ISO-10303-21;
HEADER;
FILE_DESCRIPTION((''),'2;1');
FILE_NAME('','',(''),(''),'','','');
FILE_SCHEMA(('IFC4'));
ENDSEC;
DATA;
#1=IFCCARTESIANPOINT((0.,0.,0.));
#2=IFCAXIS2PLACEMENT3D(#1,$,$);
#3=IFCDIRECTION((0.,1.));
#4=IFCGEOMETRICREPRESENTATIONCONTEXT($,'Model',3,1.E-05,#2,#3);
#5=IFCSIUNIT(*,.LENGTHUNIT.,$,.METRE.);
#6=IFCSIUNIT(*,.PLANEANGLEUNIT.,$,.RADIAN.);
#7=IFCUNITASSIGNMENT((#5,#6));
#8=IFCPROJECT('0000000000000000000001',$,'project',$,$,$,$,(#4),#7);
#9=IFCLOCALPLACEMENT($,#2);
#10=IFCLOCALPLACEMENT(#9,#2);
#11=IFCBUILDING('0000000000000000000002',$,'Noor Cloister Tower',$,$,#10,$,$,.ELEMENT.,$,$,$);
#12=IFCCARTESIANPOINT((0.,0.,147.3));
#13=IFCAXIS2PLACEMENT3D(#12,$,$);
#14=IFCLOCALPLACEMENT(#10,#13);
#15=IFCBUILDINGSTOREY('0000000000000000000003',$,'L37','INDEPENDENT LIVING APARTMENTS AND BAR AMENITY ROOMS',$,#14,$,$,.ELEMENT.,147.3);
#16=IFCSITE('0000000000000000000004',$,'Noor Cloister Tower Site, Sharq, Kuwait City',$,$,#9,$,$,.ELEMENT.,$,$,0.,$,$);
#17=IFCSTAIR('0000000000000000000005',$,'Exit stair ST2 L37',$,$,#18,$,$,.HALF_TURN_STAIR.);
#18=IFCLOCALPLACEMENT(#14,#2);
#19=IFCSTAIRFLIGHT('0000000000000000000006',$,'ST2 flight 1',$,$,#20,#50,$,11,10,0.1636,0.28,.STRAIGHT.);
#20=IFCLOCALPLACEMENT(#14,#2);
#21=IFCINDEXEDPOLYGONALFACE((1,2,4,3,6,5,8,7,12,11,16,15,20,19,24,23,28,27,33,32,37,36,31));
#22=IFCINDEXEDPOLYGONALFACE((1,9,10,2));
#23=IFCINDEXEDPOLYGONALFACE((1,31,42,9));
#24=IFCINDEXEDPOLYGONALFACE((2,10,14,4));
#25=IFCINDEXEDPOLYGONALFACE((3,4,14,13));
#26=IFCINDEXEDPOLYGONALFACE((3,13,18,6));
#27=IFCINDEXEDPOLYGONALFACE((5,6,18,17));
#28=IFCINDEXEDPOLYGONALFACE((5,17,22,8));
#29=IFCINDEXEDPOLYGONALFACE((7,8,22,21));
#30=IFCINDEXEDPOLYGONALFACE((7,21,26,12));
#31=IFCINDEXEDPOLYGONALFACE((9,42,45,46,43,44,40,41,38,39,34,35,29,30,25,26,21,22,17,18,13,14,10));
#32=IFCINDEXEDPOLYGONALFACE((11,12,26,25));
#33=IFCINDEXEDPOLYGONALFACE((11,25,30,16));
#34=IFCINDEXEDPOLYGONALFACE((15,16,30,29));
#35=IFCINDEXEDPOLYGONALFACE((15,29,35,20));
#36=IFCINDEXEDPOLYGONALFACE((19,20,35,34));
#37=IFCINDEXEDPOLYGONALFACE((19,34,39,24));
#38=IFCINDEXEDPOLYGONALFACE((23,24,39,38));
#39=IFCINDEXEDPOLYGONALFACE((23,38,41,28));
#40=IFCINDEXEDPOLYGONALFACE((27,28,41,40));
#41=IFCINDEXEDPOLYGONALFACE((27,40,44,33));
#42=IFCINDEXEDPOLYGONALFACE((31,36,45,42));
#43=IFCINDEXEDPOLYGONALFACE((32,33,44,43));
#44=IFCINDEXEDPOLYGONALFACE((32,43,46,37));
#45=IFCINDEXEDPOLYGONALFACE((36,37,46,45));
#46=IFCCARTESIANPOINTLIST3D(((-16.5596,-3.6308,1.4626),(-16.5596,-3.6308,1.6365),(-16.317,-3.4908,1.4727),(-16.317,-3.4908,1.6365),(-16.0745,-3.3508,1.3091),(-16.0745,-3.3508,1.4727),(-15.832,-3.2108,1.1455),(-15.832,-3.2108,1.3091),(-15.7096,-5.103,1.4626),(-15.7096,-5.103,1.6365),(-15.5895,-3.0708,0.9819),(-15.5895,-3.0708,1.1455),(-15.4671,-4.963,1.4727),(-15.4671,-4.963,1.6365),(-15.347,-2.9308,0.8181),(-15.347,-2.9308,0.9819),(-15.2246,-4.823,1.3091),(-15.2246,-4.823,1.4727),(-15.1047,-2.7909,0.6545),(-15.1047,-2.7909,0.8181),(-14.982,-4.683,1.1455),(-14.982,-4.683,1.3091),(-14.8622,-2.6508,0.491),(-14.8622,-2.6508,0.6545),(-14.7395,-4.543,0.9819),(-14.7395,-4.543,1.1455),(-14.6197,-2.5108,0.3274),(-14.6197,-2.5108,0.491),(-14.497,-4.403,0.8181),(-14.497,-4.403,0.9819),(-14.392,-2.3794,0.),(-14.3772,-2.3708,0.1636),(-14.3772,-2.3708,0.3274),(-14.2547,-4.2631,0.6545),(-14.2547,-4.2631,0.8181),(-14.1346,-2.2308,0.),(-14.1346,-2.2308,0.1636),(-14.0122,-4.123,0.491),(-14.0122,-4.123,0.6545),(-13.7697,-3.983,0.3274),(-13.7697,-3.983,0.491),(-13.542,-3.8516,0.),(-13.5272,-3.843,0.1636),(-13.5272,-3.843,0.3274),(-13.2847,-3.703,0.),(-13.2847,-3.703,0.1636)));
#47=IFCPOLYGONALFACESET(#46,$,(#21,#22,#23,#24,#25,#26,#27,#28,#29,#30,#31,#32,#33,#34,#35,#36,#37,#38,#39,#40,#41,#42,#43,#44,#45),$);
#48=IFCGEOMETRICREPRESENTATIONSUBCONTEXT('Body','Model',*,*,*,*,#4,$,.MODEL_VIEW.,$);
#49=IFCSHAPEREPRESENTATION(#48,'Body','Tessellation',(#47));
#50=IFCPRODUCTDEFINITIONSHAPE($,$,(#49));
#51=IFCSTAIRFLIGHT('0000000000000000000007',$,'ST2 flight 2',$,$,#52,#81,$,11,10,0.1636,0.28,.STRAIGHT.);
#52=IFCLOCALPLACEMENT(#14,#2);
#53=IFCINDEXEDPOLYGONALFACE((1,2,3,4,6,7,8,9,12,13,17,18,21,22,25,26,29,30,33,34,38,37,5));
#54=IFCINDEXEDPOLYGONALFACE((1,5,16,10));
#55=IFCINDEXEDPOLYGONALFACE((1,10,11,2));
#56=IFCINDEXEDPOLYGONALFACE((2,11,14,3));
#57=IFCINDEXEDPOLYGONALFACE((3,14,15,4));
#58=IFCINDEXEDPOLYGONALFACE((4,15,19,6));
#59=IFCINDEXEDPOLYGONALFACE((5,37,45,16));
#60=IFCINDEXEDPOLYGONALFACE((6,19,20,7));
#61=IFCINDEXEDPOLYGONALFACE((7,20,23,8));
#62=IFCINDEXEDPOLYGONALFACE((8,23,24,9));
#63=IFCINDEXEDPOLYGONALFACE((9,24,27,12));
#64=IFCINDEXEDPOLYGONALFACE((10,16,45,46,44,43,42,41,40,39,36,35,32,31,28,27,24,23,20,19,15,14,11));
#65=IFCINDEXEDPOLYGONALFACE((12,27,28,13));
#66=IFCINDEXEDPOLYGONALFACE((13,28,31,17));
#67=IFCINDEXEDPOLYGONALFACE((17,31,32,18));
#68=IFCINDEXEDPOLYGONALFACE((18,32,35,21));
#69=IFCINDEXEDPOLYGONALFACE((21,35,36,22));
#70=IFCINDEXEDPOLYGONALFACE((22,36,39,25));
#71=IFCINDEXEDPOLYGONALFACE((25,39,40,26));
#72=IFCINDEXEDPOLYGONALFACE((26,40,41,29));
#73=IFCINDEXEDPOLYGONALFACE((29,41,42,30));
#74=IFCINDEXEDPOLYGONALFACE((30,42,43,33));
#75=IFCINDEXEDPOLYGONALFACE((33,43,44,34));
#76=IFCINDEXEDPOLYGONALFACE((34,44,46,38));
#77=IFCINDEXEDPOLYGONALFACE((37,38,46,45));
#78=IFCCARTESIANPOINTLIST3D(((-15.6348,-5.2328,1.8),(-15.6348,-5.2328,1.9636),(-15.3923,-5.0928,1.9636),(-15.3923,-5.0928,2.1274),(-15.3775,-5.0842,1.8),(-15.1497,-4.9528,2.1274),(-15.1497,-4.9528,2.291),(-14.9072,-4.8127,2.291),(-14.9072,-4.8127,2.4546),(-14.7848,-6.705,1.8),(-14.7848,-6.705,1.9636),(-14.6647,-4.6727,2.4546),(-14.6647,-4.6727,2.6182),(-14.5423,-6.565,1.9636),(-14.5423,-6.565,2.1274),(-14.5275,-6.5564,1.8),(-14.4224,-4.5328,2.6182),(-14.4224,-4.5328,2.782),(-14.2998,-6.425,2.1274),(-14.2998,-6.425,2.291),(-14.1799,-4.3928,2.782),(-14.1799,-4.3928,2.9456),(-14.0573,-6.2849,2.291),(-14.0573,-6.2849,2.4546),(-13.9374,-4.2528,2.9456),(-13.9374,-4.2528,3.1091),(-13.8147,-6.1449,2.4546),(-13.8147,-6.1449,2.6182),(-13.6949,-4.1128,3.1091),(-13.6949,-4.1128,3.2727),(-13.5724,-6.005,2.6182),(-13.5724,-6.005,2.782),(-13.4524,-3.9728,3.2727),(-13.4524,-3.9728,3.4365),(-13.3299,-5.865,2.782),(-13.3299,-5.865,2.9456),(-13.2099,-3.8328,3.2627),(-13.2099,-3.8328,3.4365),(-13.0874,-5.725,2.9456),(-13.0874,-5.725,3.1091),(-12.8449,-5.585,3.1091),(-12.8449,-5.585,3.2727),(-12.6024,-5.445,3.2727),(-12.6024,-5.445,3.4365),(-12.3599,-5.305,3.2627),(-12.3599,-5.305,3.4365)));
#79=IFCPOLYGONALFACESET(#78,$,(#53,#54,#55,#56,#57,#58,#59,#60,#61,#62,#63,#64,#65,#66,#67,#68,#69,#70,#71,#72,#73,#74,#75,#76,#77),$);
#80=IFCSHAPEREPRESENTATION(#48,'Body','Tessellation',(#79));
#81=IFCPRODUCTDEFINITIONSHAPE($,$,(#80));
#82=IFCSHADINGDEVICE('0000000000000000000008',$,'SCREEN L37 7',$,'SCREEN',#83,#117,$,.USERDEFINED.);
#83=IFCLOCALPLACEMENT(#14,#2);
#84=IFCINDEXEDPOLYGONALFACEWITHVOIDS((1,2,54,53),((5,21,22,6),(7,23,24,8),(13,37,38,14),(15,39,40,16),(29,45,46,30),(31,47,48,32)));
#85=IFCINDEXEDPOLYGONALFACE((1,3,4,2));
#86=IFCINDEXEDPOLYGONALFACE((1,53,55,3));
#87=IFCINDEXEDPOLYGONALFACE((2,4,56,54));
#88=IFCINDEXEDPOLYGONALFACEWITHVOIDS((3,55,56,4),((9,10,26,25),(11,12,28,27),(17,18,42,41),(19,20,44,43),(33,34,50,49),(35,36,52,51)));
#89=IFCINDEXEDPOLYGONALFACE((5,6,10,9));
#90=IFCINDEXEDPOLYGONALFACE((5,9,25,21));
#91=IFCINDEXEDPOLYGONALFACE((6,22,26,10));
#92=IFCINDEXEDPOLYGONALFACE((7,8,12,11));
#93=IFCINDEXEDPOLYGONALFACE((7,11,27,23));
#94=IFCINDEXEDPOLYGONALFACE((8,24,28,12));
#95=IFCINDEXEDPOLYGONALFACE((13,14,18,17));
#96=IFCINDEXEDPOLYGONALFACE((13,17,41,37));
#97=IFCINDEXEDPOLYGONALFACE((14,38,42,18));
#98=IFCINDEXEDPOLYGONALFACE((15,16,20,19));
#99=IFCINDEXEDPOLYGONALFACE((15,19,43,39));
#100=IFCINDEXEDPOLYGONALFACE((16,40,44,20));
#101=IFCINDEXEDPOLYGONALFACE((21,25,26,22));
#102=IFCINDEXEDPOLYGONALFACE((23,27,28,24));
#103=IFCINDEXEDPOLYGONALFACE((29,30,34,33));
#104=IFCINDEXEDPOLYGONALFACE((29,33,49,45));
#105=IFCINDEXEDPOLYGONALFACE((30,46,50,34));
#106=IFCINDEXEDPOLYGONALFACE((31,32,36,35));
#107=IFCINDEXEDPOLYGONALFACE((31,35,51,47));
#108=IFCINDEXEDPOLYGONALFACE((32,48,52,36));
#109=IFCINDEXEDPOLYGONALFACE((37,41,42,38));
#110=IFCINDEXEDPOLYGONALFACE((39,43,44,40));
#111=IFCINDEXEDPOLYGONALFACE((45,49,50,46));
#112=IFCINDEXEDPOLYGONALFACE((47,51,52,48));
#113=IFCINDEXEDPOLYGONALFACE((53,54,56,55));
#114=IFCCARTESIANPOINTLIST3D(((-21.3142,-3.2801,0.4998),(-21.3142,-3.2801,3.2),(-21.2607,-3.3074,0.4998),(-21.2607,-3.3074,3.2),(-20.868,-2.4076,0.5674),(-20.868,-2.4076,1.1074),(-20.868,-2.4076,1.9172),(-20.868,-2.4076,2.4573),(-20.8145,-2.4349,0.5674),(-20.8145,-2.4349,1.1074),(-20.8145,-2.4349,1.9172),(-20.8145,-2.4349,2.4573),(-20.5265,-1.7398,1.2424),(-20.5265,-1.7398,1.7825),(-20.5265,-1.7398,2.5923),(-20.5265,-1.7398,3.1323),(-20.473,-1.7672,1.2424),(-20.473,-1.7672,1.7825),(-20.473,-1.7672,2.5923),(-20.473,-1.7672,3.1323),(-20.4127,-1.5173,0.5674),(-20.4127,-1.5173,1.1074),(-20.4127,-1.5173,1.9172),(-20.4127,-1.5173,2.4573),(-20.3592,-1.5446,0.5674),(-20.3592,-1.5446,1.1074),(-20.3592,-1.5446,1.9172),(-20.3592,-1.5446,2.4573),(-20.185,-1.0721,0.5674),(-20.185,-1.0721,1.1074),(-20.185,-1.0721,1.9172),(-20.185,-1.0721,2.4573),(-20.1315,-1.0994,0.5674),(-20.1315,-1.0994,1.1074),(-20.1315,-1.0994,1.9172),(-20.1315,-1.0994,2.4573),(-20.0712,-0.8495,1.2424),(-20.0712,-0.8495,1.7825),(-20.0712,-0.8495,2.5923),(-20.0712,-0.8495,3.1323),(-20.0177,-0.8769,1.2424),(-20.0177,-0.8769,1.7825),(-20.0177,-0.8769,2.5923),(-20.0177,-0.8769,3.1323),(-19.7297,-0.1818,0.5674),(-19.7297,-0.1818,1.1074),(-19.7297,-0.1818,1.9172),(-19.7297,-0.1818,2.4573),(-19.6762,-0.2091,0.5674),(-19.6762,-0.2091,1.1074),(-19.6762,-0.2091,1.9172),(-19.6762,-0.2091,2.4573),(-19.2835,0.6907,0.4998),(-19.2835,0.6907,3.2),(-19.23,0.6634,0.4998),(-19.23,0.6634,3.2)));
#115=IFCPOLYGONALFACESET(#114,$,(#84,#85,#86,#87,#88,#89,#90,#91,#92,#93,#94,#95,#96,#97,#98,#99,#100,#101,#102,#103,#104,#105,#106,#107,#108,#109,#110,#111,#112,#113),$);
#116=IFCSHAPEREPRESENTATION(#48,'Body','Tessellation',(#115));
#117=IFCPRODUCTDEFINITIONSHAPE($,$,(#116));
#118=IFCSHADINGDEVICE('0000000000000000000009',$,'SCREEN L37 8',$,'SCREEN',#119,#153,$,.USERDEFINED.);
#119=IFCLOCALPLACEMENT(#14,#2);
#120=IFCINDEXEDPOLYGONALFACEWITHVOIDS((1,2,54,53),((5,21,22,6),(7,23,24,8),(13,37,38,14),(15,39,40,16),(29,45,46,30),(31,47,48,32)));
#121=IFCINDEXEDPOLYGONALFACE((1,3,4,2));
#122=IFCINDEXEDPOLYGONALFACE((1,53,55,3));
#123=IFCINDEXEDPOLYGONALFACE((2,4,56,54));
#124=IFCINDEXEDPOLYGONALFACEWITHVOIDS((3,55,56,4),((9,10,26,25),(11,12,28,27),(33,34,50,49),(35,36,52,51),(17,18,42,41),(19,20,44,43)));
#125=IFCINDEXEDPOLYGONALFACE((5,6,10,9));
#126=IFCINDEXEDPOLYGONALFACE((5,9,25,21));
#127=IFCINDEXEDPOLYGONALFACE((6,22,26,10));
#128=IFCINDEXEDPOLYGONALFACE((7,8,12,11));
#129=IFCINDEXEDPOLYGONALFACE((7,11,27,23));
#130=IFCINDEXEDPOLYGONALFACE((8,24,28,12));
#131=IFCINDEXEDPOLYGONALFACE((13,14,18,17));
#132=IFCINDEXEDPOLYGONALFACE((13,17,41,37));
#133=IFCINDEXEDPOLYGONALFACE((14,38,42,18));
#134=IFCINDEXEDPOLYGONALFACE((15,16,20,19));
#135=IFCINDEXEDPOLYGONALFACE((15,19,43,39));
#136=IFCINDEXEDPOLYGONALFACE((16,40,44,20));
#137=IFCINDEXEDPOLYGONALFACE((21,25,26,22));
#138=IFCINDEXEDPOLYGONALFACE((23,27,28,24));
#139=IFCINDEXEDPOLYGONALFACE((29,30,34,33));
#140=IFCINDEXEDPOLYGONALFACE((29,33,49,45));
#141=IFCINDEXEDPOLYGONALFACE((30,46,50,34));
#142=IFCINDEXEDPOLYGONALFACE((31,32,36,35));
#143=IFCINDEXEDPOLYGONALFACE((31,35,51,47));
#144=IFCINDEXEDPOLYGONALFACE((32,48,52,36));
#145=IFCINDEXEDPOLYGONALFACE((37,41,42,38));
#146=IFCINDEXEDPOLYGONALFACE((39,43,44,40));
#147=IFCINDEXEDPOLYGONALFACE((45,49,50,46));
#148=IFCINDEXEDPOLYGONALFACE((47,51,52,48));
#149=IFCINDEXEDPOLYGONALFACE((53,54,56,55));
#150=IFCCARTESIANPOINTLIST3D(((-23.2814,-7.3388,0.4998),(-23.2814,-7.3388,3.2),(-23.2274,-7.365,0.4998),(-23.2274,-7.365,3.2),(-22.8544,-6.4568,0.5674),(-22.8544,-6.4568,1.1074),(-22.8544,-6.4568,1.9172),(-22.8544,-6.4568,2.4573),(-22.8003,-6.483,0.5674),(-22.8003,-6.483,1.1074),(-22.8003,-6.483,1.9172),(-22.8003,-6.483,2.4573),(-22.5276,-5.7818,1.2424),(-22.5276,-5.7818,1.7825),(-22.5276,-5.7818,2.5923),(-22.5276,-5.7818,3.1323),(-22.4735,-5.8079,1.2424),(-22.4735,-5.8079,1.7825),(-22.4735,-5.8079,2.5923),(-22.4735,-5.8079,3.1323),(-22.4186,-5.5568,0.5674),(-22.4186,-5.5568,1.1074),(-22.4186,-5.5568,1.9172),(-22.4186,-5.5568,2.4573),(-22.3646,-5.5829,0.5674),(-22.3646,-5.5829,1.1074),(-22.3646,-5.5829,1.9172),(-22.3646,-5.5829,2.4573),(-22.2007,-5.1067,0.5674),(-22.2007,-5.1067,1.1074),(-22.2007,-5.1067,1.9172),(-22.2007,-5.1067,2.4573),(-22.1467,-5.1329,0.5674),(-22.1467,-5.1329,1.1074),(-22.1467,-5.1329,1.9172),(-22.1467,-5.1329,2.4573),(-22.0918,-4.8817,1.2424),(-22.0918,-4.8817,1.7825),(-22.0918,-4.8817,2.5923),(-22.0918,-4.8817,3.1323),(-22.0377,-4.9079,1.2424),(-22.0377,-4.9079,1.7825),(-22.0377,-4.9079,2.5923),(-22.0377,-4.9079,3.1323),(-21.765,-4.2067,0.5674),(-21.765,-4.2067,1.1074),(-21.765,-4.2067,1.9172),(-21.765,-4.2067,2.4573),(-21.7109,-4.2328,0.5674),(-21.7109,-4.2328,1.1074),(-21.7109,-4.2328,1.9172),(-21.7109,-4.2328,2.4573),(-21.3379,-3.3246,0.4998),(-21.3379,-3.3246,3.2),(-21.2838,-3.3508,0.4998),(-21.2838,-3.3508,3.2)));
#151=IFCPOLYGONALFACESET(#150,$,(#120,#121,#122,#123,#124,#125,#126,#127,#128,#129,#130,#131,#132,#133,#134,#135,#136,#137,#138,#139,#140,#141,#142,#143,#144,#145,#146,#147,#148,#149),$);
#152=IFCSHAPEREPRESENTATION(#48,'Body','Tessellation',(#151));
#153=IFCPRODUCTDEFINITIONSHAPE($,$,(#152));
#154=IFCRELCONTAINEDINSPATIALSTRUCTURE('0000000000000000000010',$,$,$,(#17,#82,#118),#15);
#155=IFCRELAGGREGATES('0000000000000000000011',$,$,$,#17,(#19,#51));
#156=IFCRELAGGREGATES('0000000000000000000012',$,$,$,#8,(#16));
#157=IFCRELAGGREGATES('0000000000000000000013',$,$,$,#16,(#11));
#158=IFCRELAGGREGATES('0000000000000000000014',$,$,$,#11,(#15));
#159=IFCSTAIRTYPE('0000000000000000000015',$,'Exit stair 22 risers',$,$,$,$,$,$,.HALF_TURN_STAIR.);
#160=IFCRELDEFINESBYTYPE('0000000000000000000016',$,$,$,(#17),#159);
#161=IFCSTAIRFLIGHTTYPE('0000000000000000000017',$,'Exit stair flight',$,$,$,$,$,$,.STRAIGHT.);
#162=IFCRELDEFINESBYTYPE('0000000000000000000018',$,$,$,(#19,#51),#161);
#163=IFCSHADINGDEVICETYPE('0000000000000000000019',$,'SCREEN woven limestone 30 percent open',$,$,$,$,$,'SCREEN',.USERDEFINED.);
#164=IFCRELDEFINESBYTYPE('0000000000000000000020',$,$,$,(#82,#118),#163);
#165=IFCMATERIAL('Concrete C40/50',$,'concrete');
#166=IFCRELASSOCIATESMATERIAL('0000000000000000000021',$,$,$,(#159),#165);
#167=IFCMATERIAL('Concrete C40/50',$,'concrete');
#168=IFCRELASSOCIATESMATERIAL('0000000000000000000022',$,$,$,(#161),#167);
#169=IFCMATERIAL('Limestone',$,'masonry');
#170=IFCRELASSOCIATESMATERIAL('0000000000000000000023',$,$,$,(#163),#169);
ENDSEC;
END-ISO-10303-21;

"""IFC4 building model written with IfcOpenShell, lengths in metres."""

from ifc_helpers import new_model, si_unit, direction, frame, origin, place, context, subcontext, project, spatial, polyline, outline, extrude, material, material_profile, profile_set, type_object, element, aggregate, save


model = new_model("IFC4")

# Units and contexts
model_context = context("Model", 3, precision=1e-05, world=origin(), true_north=direction((0.0, 1.0)))
body_context = subcontext(model_context, "Body", "Model", "MODEL_VIEW")
ifc_project = project(units=[si_unit("LENGTHUNIT", "METRE"), si_unit("PLANEANGLEUNIT", "RADIAN")], contexts=[model_context])

# Site, building, storey
site_placement = place(None, origin())
site = spatial("IfcSite", under=ifc_project, at=site_placement, Name="Noor Cloister Tower Site, Sharq, Kuwait City", CompositionType="ELEMENT", RefElevation=0.0)
building_placement = place(site_placement, origin())
building = spatial("IfcBuilding", under=site, at=building_placement, Name="Noor Cloister Tower", CompositionType="ELEMENT")
storey_placement = place(building_placement, frame((0.0, 0.0, 147.3)))
storey = spatial("IfcBuildingStorey", under=building, at=storey_placement, Name="L37", Description="INDEPENDENT LIVING APARTMENTS AND BAR AMENITY ROOMS", CompositionType="ELEMENT", Elevation=147.3)

# Stair, stair flights
ifc_material_1 = material(Name="Concrete C40/50", Category="concrete")
stair_type = type_object("IfcStairType", Name="Exit stair 22 risers", PredefinedType="HALF_TURN_STAIR", material=ifc_material_1)
stair_placement = place(storey_placement, origin())
stair = element("IfcStair", 1, at=stair_placement, inside=storey, type_object=stair_type, Name="Exit stair ST2 L37", PredefinedType="HALF_TURN_STAIR")
ifc_material_2 = material(Name="Concrete C40/50", Category="concrete")
stair_flight_type = type_object("IfcStairFlightType", Name="Exit stair flight", PredefinedType="STRAIGHT", material=ifc_material_2)
stair_flight_1_placement = place(storey_placement, frame((-13.7097, -2.9668, 0.0), z_axis=(0.0, 0.0, 1.0), x_axis=(-0.866025, -0.5, 0.0)))
stair_flight_1 = element("IfcStairFlight", 2, at=stair_flight_1_placement, type_object=stair_flight_type, Name="ST2 flight 1", NumberOfRisers=11, NumberOfTreads=10, PredefinedType="STRAIGHT", RiserHeight=0.1636, TreadLength=0.28, context=body_context, shape_type="SweptSolid", body=[
    extrude(outline(polyline([(0.0, 0.0), (0.0, 0.1636), (0.28, 0.1636), (0.28, 0.3274), (0.5601, 0.3274), (0.5601, 0.491), (0.8401, 0.491), (0.8401, 0.6545), (1.1201, 0.6545), (1.1201, 0.8181), (1.3999, 0.8181), (1.3999, 0.9819), (1.6799, 0.9819), (1.6799, 1.1455), (1.96, 1.1455), (1.96, 1.3091), (2.24, 1.3091), (2.24, 1.4727), (2.52, 1.4727), (2.52, 1.6365), (2.8, 1.6365), (2.8, 1.8), (2.8, 1.4626), (0.2971, 0.0), (0.0, 0.0)])), frame((0.0, 0.8501, 0.0), z_axis=(0.0, -1.0, 0.0), x_axis=(1.0, 0.0, 0.0)), (0.0, 0.0, 1.0), 1.7),
])
stair_flight_2_placement = place(storey_placement, frame((-15.2097, -5.969, 1.8), z_axis=(0.0, 0.0, 1.0), x_axis=(0.866025, 0.5, 0.0)))
stair_flight_2 = element("IfcStairFlight", 3, at=stair_flight_2_placement, type_object=stair_flight_type, Name="ST2 flight 2", NumberOfRisers=11, NumberOfTreads=10, PredefinedType="STRAIGHT", RiserHeight=0.1636, TreadLength=0.28, context=body_context, shape_type="SweptSolid", body=[
    extrude(outline(polyline([(0.0, 0.0), (0.0, 0.1636), (0.28, 0.1636), (0.28, 0.3274), (0.5601, 0.3274), (0.5601, 0.491), (0.8401, 0.491), (0.8401, 0.6545), (1.1201, 0.6545), (1.1201, 0.8181), (1.3999, 0.8181), (1.3999, 0.9819), (1.6799, 0.9819), (1.6799, 1.1455), (1.96, 1.1455), (1.96, 1.3091), (2.24, 1.3091), (2.24, 1.4727), (2.52, 1.4727), (2.52, 1.6365), (2.8, 1.6365), (2.8, 1.8), (2.8, 1.4626), (0.2971, 0.0), (0.0, 0.0)])), frame((0.0, 0.8501, 0.0), z_axis=(0.0, -1.0, 0.0), x_axis=(1.0, 0.0, 0.0)), (0.0, 0.0, 1.0), 1.7),
])
aggregate(stair, [stair_flight_1, stair_flight_2])

# Shading devices
ifc_material_3 = material(Name="Limestone", Category="masonry")
ifc_material_profile_1 = material_profile(ifc_material_3, outline(polyline([(-2.23, -1.3501), (2.23, -1.3501), (2.23, 1.3501), (-2.23, 1.3501), (-2.23, -1.3501)]), holes=[polyline([(-1.25, -1.2825), (-0.25, -1.2825), (-0.25, -0.7424), (-1.25, -0.7424), (-1.25, -1.2825)]), polyline([(0.25, -1.2825), (1.25, -1.2825), (1.25, -0.7424), (0.25, -0.7424), (0.25, -1.2825)]), polyline([(-0.5, -0.6074), (0.5, -0.6074), (0.5, -0.0674), (-0.5, -0.0674), (-0.5, -0.6074)]), polyline([(-1.25, 0.0674), (-0.25, 0.0674), (-0.25, 0.6074), (-1.25, 0.6074), (-1.25, 0.0674)]), polyline([(0.25, 0.0674), (1.25, 0.0674), (1.25, 0.6074), (0.25, 0.6074), (0.25, 0.0674)]), polyline([(-0.5, 0.7424), (0.5, 0.7424), (0.5, 1.2825), (-0.5, 1.2825), (-0.5, 0.7424)])]), Name="Woven screen 30 percent open")
ifc_profile_set_1 = profile_set([ifc_material_profile_1], Name="Limestone")
shading_device_type = type_object("IfcShadingDeviceType", Name="SCREEN woven limestone 30 percent open", ElementType="SCREEN", PredefinedType="USERDEFINED", material=ifc_profile_set_1)
for number, where, z_axis, x_axis, name in (
    (4, (-20.2454, -1.322, 1.8499), (-0.890325, 0.455326, 0.0), (-0.455326, -0.890325, 0.0), "SCREEN L37 7"),
    (5, (-22.2556, -5.3579, 1.8499), (-0.900056, 0.435774, 0.0), (-0.435774, -0.900056, 0.0), "SCREEN L37 8"),
):
    element("IfcShadingDevice", number, at=place(storey_placement, frame(where, z_axis=z_axis, x_axis=x_axis)), inside=storey, type_object=shading_device_type, Name=name, ObjectType="SCREEN", PredefinedType="USERDEFINED", context=body_context, shape_type="SweptSolid", body=[
        extrude(outline(polyline([(-2.23, -1.3501), (2.23, -1.3501), (2.23, 1.3501), (-2.23, 1.3501), (-2.23, -1.3501)]), holes=[polyline([(-1.25, -1.2825), (-0.25, -1.2825), (-0.25, -0.7424), (-1.25, -0.7424), (-1.25, -1.2825)]), polyline([(0.25, -1.2825), (1.25, -1.2825), (1.25, -0.7424), (0.25, -0.7424), (0.25, -1.2825)]), polyline([(-0.5, -0.6074), (0.5, -0.6074), (0.5, -0.0674), (-0.5, -0.0674), (-0.5, -0.6074)]), polyline([(-1.25, 0.0674), (-0.25, 0.0674), (-0.25, 0.6074), (-1.25, 0.6074), (-1.25, 0.0674)]), polyline([(0.25, 0.0674), (1.25, 0.0674), (1.25, 0.6074), (0.25, 0.6074), (0.25, 0.0674)]), polyline([(-0.5, 0.7424), (0.5, 0.7424), (0.5, 1.2825), (-0.5, 1.2825), (-0.5, 0.7424)])]), origin(), (0.0, 0.0, 1.0), 0.0601),
    ])

save(model, "model.ifc")
